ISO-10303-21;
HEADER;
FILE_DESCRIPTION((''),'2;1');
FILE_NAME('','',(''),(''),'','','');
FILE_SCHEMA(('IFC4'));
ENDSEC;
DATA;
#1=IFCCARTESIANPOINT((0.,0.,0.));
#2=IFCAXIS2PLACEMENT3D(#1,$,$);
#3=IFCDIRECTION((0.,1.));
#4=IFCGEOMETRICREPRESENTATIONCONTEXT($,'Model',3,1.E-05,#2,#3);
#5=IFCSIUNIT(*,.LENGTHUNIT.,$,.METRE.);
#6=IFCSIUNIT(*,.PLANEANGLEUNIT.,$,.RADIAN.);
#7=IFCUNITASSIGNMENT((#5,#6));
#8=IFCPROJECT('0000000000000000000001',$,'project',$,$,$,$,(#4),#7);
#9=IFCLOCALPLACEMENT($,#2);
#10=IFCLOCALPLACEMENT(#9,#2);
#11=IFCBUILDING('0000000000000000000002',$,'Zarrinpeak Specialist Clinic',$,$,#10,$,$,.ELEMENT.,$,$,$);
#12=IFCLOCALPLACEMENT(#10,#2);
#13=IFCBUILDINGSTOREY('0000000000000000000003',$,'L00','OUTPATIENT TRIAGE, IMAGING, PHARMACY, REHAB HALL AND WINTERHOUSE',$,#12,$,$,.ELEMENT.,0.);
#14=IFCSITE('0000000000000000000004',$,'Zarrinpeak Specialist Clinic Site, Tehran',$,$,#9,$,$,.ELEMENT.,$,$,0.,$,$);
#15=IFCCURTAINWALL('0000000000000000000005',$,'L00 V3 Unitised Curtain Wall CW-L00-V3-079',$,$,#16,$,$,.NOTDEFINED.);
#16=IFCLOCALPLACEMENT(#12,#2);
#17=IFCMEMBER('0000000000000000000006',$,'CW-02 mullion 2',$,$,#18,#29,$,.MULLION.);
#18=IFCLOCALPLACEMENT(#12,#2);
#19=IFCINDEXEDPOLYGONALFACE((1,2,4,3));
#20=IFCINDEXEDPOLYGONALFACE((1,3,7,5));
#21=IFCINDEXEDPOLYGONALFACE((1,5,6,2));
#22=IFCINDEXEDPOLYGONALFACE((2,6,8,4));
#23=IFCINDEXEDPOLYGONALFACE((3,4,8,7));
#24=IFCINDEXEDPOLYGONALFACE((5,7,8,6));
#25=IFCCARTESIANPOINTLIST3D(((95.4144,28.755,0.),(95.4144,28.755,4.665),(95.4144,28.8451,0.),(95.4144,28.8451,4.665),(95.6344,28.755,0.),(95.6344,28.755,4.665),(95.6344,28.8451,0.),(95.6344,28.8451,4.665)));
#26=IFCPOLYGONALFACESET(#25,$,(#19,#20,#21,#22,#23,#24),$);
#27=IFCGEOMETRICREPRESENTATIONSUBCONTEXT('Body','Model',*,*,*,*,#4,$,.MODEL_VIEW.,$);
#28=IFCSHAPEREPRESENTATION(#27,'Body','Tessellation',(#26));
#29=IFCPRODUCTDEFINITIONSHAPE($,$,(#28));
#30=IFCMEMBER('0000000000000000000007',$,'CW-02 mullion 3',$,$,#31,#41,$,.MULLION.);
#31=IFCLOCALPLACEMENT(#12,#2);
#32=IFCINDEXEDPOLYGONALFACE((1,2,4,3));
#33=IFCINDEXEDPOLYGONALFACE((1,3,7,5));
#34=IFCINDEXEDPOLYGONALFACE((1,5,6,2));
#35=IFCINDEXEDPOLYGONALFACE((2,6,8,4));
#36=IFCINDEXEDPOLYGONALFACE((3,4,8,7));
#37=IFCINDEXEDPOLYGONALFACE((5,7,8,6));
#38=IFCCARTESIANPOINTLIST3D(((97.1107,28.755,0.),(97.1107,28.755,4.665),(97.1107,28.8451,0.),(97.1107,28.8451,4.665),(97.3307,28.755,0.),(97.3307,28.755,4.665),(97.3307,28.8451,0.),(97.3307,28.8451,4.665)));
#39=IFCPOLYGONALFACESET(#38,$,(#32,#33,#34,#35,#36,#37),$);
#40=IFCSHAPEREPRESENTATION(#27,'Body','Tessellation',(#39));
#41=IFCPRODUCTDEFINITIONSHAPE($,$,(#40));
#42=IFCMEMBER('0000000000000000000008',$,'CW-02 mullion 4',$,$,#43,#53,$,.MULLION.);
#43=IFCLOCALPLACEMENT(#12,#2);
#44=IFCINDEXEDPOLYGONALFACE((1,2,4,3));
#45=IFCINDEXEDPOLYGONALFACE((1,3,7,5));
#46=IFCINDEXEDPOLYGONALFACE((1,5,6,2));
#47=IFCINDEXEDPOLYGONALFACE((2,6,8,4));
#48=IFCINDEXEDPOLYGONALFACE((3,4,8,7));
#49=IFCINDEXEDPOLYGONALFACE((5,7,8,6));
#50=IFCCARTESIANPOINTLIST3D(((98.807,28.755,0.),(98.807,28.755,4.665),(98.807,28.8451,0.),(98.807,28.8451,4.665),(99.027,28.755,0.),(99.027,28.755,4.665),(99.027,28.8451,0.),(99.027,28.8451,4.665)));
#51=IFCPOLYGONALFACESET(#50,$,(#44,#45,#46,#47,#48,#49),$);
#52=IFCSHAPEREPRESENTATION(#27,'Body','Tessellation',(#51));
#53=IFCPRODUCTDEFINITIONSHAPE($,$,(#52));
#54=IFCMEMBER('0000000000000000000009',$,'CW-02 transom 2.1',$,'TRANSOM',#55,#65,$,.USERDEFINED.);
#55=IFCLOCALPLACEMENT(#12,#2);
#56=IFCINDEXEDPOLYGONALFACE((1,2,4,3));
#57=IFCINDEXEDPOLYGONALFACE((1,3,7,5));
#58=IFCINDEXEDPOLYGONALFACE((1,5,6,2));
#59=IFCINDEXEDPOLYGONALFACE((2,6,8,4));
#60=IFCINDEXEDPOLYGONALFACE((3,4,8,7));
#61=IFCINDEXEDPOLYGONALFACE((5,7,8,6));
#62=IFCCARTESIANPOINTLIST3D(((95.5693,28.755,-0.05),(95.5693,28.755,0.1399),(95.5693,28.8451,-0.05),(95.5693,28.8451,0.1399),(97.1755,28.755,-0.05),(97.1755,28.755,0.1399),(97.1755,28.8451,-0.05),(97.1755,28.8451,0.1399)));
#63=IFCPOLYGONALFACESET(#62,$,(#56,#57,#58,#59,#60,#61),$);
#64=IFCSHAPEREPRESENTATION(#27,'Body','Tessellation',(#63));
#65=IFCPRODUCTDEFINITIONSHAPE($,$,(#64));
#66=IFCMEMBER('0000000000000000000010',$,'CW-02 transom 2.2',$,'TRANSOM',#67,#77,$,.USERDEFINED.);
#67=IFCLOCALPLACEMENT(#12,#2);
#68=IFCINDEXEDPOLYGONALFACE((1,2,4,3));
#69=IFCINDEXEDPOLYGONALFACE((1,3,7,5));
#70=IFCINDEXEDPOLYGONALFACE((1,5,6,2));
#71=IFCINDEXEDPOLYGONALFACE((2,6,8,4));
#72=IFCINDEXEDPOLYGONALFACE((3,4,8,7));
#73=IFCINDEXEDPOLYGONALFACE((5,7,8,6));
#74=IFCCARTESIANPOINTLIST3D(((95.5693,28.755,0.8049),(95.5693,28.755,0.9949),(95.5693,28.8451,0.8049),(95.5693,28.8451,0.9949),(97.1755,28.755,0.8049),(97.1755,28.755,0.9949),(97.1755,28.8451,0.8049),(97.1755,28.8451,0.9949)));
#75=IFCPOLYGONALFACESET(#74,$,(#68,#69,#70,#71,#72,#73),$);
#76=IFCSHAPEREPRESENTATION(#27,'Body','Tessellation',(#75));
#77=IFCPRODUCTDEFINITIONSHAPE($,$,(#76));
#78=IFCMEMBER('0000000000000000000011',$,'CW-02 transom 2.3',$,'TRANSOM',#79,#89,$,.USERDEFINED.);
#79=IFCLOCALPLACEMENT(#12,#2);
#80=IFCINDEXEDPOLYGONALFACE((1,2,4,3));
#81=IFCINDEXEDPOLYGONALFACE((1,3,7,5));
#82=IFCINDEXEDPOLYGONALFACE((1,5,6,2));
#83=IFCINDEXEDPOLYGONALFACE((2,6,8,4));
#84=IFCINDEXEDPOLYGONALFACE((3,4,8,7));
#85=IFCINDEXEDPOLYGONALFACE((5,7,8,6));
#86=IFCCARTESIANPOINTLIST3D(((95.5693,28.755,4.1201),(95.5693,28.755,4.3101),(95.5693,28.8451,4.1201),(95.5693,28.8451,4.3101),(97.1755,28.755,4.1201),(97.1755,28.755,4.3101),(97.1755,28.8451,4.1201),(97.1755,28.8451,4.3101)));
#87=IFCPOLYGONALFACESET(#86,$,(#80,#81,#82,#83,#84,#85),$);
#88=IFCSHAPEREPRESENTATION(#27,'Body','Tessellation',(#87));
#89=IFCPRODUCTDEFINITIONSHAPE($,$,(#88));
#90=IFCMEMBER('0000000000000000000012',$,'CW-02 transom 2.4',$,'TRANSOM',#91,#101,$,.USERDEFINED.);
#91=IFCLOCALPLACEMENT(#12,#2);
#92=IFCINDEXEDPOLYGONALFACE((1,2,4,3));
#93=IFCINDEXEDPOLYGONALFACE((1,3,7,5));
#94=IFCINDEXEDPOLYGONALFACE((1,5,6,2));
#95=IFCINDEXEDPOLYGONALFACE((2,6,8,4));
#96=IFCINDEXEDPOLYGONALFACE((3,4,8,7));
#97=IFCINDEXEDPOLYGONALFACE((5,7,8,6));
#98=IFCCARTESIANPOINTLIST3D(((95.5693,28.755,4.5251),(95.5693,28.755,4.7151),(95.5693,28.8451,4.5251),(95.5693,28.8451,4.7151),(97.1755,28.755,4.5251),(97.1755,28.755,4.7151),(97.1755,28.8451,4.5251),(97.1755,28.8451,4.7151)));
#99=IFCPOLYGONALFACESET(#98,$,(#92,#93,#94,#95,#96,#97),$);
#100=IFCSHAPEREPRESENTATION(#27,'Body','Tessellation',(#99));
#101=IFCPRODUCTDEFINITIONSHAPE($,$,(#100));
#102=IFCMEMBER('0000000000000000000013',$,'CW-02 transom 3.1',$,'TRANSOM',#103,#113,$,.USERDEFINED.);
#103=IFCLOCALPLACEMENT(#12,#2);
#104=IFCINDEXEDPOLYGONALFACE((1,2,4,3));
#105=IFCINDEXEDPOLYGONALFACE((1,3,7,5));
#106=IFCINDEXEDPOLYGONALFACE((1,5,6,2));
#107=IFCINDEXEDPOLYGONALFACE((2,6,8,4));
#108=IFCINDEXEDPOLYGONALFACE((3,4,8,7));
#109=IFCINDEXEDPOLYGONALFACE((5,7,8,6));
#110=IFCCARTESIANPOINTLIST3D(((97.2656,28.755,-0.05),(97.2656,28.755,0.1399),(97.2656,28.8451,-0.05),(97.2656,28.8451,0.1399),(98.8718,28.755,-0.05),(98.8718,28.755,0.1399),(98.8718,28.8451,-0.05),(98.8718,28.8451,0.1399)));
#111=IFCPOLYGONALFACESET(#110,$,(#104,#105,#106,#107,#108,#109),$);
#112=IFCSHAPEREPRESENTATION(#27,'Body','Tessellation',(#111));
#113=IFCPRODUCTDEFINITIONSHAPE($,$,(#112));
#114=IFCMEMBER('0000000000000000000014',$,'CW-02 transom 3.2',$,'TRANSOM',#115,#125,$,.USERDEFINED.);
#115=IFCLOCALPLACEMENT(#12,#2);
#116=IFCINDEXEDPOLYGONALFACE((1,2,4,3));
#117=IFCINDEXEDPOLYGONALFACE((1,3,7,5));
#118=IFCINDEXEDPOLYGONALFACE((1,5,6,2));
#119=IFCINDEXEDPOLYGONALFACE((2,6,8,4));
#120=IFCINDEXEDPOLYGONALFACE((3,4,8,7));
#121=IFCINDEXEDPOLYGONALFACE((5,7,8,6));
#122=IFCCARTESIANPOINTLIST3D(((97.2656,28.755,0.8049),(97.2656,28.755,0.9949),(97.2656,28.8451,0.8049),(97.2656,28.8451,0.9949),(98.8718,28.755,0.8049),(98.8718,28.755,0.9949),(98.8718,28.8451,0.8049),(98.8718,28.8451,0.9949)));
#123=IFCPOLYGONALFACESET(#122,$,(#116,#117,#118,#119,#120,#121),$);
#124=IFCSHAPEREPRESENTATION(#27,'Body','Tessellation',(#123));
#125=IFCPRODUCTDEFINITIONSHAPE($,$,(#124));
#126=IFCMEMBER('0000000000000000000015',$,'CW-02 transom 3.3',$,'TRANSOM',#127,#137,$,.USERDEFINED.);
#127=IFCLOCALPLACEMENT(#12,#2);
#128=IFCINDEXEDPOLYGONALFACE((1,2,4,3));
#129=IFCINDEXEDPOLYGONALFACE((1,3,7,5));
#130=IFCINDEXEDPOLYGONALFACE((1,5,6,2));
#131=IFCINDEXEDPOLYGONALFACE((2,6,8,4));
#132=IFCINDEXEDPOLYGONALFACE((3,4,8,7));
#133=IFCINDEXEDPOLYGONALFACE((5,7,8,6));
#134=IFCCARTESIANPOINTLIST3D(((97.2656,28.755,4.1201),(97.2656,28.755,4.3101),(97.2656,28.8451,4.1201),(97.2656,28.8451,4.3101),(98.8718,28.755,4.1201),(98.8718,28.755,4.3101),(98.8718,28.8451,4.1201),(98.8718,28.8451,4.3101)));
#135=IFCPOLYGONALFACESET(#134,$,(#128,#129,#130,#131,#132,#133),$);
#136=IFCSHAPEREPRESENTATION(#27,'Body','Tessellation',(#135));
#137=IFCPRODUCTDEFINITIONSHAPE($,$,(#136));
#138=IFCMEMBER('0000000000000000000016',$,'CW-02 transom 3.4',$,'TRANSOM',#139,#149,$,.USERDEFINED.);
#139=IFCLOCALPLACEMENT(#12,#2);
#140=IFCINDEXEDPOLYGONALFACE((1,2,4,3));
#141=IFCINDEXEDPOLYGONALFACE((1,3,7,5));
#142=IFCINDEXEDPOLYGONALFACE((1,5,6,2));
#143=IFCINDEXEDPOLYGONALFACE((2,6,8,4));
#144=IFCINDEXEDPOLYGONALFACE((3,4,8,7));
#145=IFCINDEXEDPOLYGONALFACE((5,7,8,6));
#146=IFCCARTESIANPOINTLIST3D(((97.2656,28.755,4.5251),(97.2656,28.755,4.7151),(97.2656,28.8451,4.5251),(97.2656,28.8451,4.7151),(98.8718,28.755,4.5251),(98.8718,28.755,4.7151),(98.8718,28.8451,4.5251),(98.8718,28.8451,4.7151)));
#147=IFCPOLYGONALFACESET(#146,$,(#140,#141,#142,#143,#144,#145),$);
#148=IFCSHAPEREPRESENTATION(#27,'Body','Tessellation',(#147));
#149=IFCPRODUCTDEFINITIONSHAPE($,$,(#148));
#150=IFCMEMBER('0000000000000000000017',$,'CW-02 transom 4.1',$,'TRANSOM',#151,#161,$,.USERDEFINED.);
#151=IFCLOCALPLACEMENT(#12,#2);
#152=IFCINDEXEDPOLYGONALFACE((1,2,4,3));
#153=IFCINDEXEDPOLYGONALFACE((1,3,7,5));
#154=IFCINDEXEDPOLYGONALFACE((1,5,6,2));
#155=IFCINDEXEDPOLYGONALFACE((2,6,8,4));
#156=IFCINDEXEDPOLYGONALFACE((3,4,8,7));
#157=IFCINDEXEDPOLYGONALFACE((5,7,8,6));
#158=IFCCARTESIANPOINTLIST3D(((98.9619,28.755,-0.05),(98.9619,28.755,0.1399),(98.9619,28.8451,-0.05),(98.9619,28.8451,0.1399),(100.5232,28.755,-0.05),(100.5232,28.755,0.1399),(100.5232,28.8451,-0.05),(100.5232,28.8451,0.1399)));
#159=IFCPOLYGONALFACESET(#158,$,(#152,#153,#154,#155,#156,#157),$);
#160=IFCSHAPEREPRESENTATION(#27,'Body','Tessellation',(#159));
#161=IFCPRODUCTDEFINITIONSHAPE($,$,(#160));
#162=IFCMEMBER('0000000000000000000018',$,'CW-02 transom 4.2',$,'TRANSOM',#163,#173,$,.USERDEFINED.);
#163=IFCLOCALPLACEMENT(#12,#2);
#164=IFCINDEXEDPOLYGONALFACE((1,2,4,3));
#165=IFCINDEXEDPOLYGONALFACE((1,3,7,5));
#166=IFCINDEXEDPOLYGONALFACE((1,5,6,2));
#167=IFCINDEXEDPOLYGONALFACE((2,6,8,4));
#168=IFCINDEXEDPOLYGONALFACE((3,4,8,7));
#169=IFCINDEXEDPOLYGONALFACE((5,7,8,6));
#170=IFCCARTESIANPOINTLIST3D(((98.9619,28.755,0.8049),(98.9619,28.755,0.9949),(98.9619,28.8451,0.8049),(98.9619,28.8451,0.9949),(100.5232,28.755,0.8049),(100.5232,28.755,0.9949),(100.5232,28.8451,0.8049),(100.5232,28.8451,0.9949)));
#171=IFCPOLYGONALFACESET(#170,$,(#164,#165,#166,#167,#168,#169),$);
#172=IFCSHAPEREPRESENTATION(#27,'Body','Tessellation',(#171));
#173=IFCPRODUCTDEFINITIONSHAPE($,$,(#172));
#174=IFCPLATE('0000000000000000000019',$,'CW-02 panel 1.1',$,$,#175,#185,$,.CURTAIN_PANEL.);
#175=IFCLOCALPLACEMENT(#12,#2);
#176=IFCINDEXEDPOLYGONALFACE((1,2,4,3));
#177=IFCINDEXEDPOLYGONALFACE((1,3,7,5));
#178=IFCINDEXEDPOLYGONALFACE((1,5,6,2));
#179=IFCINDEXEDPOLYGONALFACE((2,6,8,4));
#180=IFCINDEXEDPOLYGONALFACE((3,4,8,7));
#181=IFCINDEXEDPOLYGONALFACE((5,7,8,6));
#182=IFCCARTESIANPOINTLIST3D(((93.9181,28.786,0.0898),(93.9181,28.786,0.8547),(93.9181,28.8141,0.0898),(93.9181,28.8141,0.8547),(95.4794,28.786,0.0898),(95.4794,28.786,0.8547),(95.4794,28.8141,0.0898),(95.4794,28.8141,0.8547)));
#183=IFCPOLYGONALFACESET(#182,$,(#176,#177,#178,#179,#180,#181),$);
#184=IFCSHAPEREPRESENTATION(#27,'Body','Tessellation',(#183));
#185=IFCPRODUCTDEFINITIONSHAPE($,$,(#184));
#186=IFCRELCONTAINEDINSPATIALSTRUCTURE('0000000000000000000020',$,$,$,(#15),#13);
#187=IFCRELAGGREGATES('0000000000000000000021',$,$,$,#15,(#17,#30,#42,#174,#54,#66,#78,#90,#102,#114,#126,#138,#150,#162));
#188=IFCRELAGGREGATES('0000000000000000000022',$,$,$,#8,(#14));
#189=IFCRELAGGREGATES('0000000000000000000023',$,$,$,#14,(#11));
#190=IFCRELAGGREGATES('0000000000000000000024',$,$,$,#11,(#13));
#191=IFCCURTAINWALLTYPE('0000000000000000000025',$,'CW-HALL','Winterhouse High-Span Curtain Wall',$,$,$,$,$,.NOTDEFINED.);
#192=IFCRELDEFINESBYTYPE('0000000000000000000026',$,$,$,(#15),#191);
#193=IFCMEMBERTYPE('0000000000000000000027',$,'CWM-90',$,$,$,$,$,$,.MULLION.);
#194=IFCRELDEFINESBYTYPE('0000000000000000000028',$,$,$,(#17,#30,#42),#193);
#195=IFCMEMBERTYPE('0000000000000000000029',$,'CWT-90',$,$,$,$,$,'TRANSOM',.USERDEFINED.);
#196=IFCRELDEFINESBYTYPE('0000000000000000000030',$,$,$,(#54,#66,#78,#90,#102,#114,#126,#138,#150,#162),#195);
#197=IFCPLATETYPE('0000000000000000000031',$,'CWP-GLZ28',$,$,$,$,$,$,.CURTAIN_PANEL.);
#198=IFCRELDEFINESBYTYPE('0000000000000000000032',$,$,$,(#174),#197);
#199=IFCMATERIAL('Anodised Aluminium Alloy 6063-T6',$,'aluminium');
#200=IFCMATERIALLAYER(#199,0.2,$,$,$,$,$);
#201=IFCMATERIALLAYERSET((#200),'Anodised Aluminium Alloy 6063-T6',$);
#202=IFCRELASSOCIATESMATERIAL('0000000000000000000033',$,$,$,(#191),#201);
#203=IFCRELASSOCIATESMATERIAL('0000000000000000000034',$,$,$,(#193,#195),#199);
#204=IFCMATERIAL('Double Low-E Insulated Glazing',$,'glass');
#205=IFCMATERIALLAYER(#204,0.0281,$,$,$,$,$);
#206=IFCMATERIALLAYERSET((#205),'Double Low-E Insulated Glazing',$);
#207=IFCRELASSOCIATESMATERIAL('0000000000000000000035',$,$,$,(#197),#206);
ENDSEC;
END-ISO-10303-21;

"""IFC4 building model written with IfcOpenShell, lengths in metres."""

from ifc_helpers import new_model, si_unit, direction, frame, origin, origin_2d, place, context, subcontext, project, spatial, rectangle, extrude, material, layer, layer_set, material_profile, profile_set, type_object, element, aggregate, save


model = new_model("IFC4")

# Units and contexts
model_context = context("Model", 3, precision=1e-05, world=origin(), true_north=direction((0.0, 1.0)))
body_context = subcontext(model_context, "Body", "Model", "MODEL_VIEW")
ifc_project = project(units=[si_unit("LENGTHUNIT", "METRE"), si_unit("PLANEANGLEUNIT", "RADIAN")], contexts=[model_context])

# Site, building, storey
site_placement = place(None, origin())
site = spatial("IfcSite", under=ifc_project, at=site_placement, Name="Zarrinpeak Specialist Clinic Site, Tehran", CompositionType="ELEMENT", RefElevation=0.0)
building_placement = place(site_placement, origin())
building = spatial("IfcBuilding", under=site, at=building_placement, Name="Zarrinpeak Specialist Clinic", CompositionType="ELEMENT")
storey_placement = place(building_placement, origin())
storey = spatial("IfcBuildingStorey", under=building, at=storey_placement, Name="L00", Description="OUTPATIENT TRIAGE, IMAGING, PHARMACY, REHAB HALL AND WINTERHOUSE", CompositionType="ELEMENT", Elevation=0.0)

# Curtain wall, members, plate
ifc_material_1 = material(Name="Anodised Aluminium Alloy 6063-T6", Category="aluminium")
ifc_layer_1 = layer(ifc_material_1, 0.2)
ifc_layer_set_1 = layer_set([ifc_layer_1], Name="Anodised Aluminium Alloy 6063-T6")
curtain_wall_type = type_object("IfcCurtainWallType", Name="CW-HALL", Description="Winterhouse High-Span Curtain Wall", PredefinedType="NOTDEFINED", material=ifc_layer_set_1)
curtain_wall_placement = place(storey_placement, origin())
curtain_wall = element("IfcCurtainWall", 1, at=curtain_wall_placement, inside=storey, type_object=curtain_wall_type, Name="L00 V3 Unitised Curtain Wall CW-L00-V3-079", PredefinedType="NOTDEFINED")
ifc_material_profile_1 = material_profile(ifc_material_1, rectangle(XDim=0.0901, YDim=0.22, at=origin_2d()), Name="ALU 90x220")
ifc_profile_set_1 = profile_set([ifc_material_profile_1], Name="Anodised Aluminium Alloy 6063-T6")
member_type_1 = type_object("IfcMemberType", Name="CWM-90", PredefinedType="MULLION", material=ifc_profile_set_1)
member_1_placement = place(storey_placement, frame((95.5244, 28.8, 0.0), z_axis=(0.0, 0.0, 1.0), x_axis=(0.0, 1.0, 0.0)))
member_1 = element("IfcMember", 2, at=member_1_placement, type_object=member_type_1, Name="CW-02 mullion 2", PredefinedType="MULLION", context=body_context, shape_type="SweptSolid", body=[
    extrude(rectangle(XDim=0.0901, YDim=0.22, at=origin_2d()), origin(), (0.0, 0.0, 1.0), 4.665),
])
member_2_placement = place(storey_placement, frame((97.2207, 28.8, 0.0), z_axis=(0.0, 0.0, 1.0), x_axis=(0.0, 1.0, 0.0)))
member_2 = element("IfcMember", 3, at=member_2_placement, type_object=member_type_1, Name="CW-02 mullion 3", PredefinedType="MULLION", context=body_context, shape_type="SweptSolid", body=[
    extrude(rectangle(XDim=0.0901, YDim=0.22, at=origin_2d()), origin(), (0.0, 0.0, 1.0), 4.665),
])
member_3_placement = place(storey_placement, frame((98.917, 28.8, 0.0), z_axis=(0.0, 0.0, 1.0), x_axis=(0.0, 1.0, 0.0)))
member_3 = element("IfcMember", 4, at=member_3_placement, type_object=member_type_1, Name="CW-02 mullion 4", PredefinedType="MULLION", context=body_context, shape_type="SweptSolid", body=[
    extrude(rectangle(XDim=0.0901, YDim=0.22, at=origin_2d()), origin(), (0.0, 0.0, 1.0), 4.665),
])
ifc_material_profile_2 = material_profile(ifc_material_1, rectangle(XDim=0.0901, YDim=0.1899, at=origin_2d()), Name="ALU 90x190")
ifc_profile_set_2 = profile_set([ifc_material_profile_2], Name="Anodised Aluminium Alloy 6063-T6")
member_type_2 = type_object("IfcMemberType", Name="CWT-90", ElementType="TRANSOM", PredefinedType="USERDEFINED", material=ifc_profile_set_2)
member_4_placement = place(storey_placement, frame((95.5693, 28.8, 0.0449), z_axis=(1.0, 0.0, 0.0), x_axis=(0.0, 1.0, 0.0)))
member_4 = element("IfcMember", 5, at=member_4_placement, type_object=member_type_2, Name="CW-02 transom 2.1", ObjectType="TRANSOM", PredefinedType="USERDEFINED", context=body_context, shape_type="SweptSolid", body=[
    extrude(rectangle(XDim=0.0901, YDim=0.1899, at=origin_2d()), origin(), (0.0, 0.0, 1.0), 1.6062),
])
member_5_placement = place(storey_placement, frame((95.5693, 28.8, 0.8999), z_axis=(1.0, 0.0, 0.0), x_axis=(0.0, 1.0, 0.0)))
member_5 = element("IfcMember", 6, at=member_5_placement, type_object=member_type_2, Name="CW-02 transom 2.2", ObjectType="TRANSOM", PredefinedType="USERDEFINED", context=body_context, shape_type="SweptSolid", body=[
    extrude(rectangle(XDim=0.0901, YDim=0.1899, at=origin_2d()), origin(), (0.0, 0.0, 1.0), 1.6062),
])
member_6_placement = place(storey_placement, frame((95.5693, 28.8, 4.2151), z_axis=(1.0, 0.0, 0.0), x_axis=(0.0, 1.0, 0.0)))
member_6 = element("IfcMember", 7, at=member_6_placement, type_object=member_type_2, Name="CW-02 transom 2.3", ObjectType="TRANSOM", PredefinedType="USERDEFINED", context=body_context, shape_type="SweptSolid", body=[
    extrude(rectangle(XDim=0.0901, YDim=0.1899, at=origin_2d()), origin(), (0.0, 0.0, 1.0), 1.6062),
])
member_7_placement = place(storey_placement, frame((95.5693, 28.8, 4.6201), z_axis=(1.0, 0.0, 0.0), x_axis=(0.0, 1.0, 0.0)))
member_7 = element("IfcMember", 8, at=member_7_placement, type_object=member_type_2, Name="CW-02 transom 2.4", ObjectType="TRANSOM", PredefinedType="USERDEFINED", context=body_context, shape_type="SweptSolid", body=[
    extrude(rectangle(XDim=0.0901, YDim=0.1899, at=origin_2d()), origin(), (0.0, 0.0, 1.0), 1.6062),
])
member_8_placement = place(storey_placement, frame((97.2656, 28.8, 0.0449), z_axis=(1.0, 0.0, 0.0), x_axis=(0.0, 1.0, 0.0)))
member_8 = element("IfcMember", 9, at=member_8_placement, type_object=member_type_2, Name="CW-02 transom 3.1", ObjectType="TRANSOM", PredefinedType="USERDEFINED", context=body_context, shape_type="SweptSolid", body=[
    extrude(rectangle(XDim=0.0901, YDim=0.1899, at=origin_2d()), origin(), (0.0, 0.0, 1.0), 1.6062),
])
member_9_placement = place(storey_placement, frame((97.2656, 28.8, 0.8999), z_axis=(1.0, 0.0, 0.0), x_axis=(0.0, 1.0, 0.0)))
member_9 = element("IfcMember", 10, at=member_9_placement, type_object=member_type_2, Name="CW-02 transom 3.2", ObjectType="TRANSOM", PredefinedType="USERDEFINED", context=body_context, shape_type="SweptSolid", body=[
    extrude(rectangle(XDim=0.0901, YDim=0.1899, at=origin_2d()), origin(), (0.0, 0.0, 1.0), 1.6062),
])
member_10_placement = place(storey_placement, frame((97.2656, 28.8, 4.2151), z_axis=(1.0, 0.0, 0.0), x_axis=(0.0, 1.0, 0.0)))
member_10 = element("IfcMember", 11, at=member_10_placement, type_object=member_type_2, Name="CW-02 transom 3.3", ObjectType="TRANSOM", PredefinedType="USERDEFINED", context=body_context, shape_type="SweptSolid", body=[
    extrude(rectangle(XDim=0.0901, YDim=0.1899, at=origin_2d()), origin(), (0.0, 0.0, 1.0), 1.6062),
])
member_11_placement = place(storey_placement, frame((97.2656, 28.8, 4.6201), z_axis=(1.0, 0.0, 0.0), x_axis=(0.0, 1.0, 0.0)))
member_11 = element("IfcMember", 12, at=member_11_placement, type_object=member_type_2, Name="CW-02 transom 3.4", ObjectType="TRANSOM", PredefinedType="USERDEFINED", context=body_context, shape_type="SweptSolid", body=[
    extrude(rectangle(XDim=0.0901, YDim=0.1899, at=origin_2d()), origin(), (0.0, 0.0, 1.0), 1.6062),
])
member_12_placement = place(storey_placement, frame((98.9619, 28.8, 0.0449), z_axis=(1.0, 0.0, 0.0), x_axis=(0.0, 1.0, 0.0)))
member_12 = element("IfcMember", 13, at=member_12_placement, type_object=member_type_2, Name="CW-02 transom 4.1", ObjectType="TRANSOM", PredefinedType="USERDEFINED", context=body_context, shape_type="SweptSolid", body=[
    extrude(rectangle(XDim=0.0901, YDim=0.1899, at=origin_2d()), origin(), (0.0, 0.0, 1.0), 1.5613),
])
member_13_placement = place(storey_placement, frame((98.9619, 28.8, 0.8999), z_axis=(1.0, 0.0, 0.0), x_axis=(0.0, 1.0, 0.0)))
member_13 = element("IfcMember", 14, at=member_13_placement, type_object=member_type_2, Name="CW-02 transom 4.2", ObjectType="TRANSOM", PredefinedType="USERDEFINED", context=body_context, shape_type="SweptSolid", body=[
    extrude(rectangle(XDim=0.0901, YDim=0.1899, at=origin_2d()), origin(), (0.0, 0.0, 1.0), 1.5613),
])
ifc_material_2 = material(Name="Double Low-E Insulated Glazing", Category="glass")
ifc_layer_2 = layer(ifc_material_2, 0.0281)
ifc_layer_set_2 = layer_set([ifc_layer_2], Name="Double Low-E Insulated Glazing")
plate_type = type_object("IfcPlateType", Name="CWP-GLZ28", PredefinedType="CURTAIN_PANEL", material=ifc_layer_set_2)
plate_1_placement = place(storey_placement, frame((94.6987, 28.8, 0.0898), z_axis=(0.0, 0.0, 1.0), x_axis=(1.0, 0.0, 0.0)))
plate_1 = element("IfcPlate", 15, at=plate_1_placement, type_object=plate_type, Name="CW-02 panel 1.1", PredefinedType="CURTAIN_PANEL", context=body_context, shape_type="SweptSolid", body=[
    extrude(rectangle(XDim=1.5613, YDim=0.0281, at=origin_2d()), origin(), (0.0, 0.0, 1.0), 0.7649),
])
aggregate(curtain_wall, [member_1, member_2, member_3, plate_1, member_4, member_5, member_6, member_7, member_8, member_9, member_10, member_11, member_12, member_13])

save(model, "model.ifc")
